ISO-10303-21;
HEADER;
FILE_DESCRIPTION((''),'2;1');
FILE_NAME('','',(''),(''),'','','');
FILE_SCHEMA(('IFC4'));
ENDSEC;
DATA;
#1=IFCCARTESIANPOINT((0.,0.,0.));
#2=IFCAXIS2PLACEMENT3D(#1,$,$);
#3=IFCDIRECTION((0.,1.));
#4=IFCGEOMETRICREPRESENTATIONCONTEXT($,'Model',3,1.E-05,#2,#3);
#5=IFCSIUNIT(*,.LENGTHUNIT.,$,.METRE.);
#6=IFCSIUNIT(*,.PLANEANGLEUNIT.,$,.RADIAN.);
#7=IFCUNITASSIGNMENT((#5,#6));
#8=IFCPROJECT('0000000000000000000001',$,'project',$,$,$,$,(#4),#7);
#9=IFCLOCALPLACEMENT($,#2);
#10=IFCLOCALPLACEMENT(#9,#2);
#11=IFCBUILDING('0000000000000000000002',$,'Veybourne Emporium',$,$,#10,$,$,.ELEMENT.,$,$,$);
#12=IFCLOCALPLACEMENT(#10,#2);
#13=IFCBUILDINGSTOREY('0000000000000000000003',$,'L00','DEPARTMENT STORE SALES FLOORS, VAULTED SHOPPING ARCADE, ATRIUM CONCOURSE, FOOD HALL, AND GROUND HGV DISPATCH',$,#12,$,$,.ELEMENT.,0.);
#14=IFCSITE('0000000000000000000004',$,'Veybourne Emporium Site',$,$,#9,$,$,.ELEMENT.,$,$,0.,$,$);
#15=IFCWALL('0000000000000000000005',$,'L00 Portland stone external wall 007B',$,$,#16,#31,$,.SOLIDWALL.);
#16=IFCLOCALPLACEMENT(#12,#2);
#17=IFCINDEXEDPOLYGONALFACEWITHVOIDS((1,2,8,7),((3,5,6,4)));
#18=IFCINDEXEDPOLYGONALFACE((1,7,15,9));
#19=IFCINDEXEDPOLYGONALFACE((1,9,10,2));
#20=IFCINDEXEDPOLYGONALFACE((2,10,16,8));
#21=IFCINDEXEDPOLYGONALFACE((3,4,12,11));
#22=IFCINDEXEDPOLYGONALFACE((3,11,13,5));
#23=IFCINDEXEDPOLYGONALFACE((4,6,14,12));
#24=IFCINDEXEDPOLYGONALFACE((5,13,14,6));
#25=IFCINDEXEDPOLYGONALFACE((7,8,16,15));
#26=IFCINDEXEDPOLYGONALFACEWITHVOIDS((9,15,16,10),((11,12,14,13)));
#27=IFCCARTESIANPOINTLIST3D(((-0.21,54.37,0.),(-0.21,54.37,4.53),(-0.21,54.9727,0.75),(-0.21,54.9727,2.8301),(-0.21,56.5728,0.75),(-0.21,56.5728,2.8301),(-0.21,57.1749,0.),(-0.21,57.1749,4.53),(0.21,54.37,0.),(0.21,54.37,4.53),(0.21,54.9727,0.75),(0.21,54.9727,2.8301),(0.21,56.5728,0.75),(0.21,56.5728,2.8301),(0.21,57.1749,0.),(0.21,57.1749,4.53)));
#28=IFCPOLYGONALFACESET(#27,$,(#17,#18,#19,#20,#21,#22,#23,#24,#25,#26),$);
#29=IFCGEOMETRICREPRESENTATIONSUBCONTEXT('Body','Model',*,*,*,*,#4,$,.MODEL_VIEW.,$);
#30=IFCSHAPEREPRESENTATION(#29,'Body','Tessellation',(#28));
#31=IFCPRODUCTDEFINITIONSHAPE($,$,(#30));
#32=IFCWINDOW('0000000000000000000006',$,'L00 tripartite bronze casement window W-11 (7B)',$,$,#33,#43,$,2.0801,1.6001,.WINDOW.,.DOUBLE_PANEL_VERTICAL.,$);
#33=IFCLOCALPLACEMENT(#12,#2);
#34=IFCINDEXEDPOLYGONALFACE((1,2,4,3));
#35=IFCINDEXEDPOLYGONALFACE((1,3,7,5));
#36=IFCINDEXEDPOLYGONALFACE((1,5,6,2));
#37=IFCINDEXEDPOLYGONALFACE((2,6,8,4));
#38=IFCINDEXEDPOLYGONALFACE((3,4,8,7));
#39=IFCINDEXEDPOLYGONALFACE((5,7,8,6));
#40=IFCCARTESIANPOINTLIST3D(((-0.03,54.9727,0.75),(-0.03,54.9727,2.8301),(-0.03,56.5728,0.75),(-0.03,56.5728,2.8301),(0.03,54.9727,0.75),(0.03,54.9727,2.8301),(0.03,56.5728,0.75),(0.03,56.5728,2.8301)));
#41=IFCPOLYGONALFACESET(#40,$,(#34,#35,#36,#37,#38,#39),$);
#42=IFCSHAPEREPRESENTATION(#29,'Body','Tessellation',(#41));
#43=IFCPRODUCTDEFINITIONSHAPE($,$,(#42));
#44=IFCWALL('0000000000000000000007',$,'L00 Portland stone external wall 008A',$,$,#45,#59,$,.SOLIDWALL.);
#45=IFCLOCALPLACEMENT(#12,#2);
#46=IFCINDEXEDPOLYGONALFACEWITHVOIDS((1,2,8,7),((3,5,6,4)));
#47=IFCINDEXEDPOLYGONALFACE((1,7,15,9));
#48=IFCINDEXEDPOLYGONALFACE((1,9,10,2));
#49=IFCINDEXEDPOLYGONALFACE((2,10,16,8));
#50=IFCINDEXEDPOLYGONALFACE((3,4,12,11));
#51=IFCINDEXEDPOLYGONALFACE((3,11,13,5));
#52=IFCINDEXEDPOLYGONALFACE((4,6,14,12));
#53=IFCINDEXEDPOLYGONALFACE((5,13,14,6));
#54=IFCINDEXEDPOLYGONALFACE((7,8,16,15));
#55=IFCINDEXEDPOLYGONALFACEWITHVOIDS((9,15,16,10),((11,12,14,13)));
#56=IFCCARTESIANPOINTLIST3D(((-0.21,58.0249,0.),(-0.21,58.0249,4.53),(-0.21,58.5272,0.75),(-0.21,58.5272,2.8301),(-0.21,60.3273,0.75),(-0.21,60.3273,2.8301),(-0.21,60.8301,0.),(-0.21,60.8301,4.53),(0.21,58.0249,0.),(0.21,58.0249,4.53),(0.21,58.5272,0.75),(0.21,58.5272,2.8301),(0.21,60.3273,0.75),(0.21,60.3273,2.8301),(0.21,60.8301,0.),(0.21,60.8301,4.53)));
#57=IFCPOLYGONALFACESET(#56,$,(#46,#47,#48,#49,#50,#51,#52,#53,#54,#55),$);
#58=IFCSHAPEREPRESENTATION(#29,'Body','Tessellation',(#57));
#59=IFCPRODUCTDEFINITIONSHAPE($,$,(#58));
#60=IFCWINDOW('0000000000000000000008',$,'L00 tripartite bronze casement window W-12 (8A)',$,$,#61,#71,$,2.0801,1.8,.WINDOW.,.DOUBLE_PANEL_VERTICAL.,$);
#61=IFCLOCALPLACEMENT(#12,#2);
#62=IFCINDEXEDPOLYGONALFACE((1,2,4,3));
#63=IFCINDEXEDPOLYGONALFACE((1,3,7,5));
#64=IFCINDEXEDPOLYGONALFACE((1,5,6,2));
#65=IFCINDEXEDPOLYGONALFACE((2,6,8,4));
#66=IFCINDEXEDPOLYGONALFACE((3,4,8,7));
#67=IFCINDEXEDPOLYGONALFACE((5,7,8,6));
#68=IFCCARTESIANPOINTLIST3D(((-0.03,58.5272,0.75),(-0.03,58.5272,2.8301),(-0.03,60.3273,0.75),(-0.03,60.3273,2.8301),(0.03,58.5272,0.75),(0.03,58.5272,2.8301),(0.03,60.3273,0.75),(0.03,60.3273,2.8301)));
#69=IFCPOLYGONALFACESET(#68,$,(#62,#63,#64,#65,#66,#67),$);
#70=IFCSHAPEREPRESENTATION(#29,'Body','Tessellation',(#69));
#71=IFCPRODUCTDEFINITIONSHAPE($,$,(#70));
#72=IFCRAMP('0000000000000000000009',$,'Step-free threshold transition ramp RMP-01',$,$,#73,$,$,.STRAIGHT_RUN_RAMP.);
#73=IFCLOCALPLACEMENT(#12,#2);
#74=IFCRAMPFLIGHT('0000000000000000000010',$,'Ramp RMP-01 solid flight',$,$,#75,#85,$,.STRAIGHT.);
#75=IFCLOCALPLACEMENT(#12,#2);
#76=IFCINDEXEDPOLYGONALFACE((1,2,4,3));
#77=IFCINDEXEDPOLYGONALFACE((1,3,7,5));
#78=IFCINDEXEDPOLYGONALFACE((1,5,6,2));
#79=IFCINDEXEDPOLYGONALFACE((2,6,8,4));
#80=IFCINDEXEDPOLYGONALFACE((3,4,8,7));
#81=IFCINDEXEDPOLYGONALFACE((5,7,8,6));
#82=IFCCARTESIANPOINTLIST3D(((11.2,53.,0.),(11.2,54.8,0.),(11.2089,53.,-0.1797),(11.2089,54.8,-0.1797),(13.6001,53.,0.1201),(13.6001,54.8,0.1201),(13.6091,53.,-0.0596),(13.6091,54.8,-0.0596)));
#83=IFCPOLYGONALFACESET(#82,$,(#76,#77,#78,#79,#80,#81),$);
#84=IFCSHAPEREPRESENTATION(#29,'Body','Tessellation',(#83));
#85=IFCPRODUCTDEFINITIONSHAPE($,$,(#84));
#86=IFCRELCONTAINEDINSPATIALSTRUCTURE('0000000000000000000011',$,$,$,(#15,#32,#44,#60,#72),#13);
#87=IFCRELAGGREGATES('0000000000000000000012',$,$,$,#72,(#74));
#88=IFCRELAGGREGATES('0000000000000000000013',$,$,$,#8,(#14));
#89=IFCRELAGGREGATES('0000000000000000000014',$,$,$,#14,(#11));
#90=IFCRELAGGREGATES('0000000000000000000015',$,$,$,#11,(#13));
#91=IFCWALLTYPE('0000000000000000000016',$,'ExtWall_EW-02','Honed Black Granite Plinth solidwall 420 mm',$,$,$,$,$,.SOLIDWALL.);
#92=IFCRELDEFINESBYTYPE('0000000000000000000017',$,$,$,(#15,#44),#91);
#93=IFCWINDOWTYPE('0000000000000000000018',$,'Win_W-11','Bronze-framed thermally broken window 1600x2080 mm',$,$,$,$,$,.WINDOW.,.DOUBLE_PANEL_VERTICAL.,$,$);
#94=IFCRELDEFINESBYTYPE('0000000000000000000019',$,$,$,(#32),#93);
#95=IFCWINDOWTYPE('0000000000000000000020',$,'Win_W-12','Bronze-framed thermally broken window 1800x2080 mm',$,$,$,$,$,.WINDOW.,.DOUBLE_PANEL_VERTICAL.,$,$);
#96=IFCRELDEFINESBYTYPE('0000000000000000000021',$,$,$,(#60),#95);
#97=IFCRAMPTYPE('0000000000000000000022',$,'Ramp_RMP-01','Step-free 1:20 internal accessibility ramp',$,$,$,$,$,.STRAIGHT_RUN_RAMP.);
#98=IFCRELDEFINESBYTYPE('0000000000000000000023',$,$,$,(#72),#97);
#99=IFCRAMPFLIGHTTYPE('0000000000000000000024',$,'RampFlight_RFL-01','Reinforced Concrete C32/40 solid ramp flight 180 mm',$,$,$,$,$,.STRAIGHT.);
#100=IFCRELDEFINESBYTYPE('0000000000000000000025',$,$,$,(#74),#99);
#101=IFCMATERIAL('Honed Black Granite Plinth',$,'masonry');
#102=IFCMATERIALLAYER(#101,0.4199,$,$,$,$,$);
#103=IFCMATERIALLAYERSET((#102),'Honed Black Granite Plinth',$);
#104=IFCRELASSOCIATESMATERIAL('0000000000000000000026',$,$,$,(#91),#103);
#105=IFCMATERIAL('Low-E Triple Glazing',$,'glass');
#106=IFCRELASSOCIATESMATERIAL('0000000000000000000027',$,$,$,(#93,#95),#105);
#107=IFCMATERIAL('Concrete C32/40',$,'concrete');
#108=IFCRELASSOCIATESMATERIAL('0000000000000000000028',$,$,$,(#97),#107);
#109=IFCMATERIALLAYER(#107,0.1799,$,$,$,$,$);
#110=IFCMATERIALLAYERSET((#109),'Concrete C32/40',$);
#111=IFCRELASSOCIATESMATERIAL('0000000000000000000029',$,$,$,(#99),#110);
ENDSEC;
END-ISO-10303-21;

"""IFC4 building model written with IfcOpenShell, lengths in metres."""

from ifc_helpers import new_model, si_unit, direction, frame, frame_2d, origin, place, context, subcontext, project, spatial, polyline, rectangle, outline, extrude, material, layer, layer_set, type_object, element, fill, aggregate, save


model = new_model("IFC4")

# Units and contexts
model_context = context("Model", 3, precision=1e-05, world=origin(), true_north=direction((0.0, 1.0)))
body_context = subcontext(model_context, "Body", "Model", "MODEL_VIEW")
ifc_project = project(units=[si_unit("LENGTHUNIT", "METRE"), si_unit("PLANEANGLEUNIT", "RADIAN")], contexts=[model_context])

# Site, building, storey
site_placement = place(None, origin())
site = spatial("IfcSite", under=ifc_project, at=site_placement, Name="Veybourne Emporium Site", CompositionType="ELEMENT", RefElevation=0.0)
building_placement = place(site_placement, origin())
building = spatial("IfcBuilding", under=site, at=building_placement, Name="Veybourne Emporium", CompositionType="ELEMENT")
storey_placement = place(building_placement, origin())
storey = spatial("IfcBuildingStorey", under=building, at=storey_placement, Name="L00", Description="DEPARTMENT STORE SALES FLOORS, VAULTED SHOPPING ARCADE, ATRIUM CONCOURSE, FOOD HALL, AND GROUND HGV DISPATCH", CompositionType="ELEMENT", Elevation=0.0)

# Shared definitions
ifc_material_1 = material(Name="Concrete C32/40", Category="concrete")

# Walls, openings, windows
ifc_material_2 = material(Name="Honed Black Granite Plinth", Category="masonry")
ifc_layer_1 = layer(ifc_material_2, 0.4199)
ifc_layer_set_1 = layer_set([ifc_layer_1], Name="Honed Black Granite Plinth")
wall_type = type_object("IfcWallType", Name="ExtWall_EW-02", Description="Honed Black Granite Plinth solidwall 420 mm", PredefinedType="SOLIDWALL", material=ifc_layer_set_1)
ifc_material_3 = material(Name="Low-E Triple Glazing", Category="glass")
wall_1_placement = place(storey_placement, frame((0.0, 54.3701, 0.0), z_axis=(0.0, 0.0, 1.0), x_axis=(0.0, 1.0, 0.0)))
wall_1 = element("IfcWall", 1, at=wall_1_placement, inside=storey, type_object=wall_type, Name="L00 Portland stone external wall 007B", PredefinedType="SOLIDWALL", context=body_context, shape_type="SweptSolid", body=[
    extrude(rectangle(XDim=2.8049, YDim=0.4199, at=frame_2d((1.4023, 0.0))), origin(), (0.0, 0.0, 1.0), 4.53),
])
opening_1_placement = place(wall_1_placement, frame((0.6025, 0.0, 0.75)))
opening_1 = element("IfcOpeningElement", 2, at=opening_1_placement, cuts=wall_1, PredefinedType="OPENING", context=body_context, shape_type="SweptSolid", body=[
    extrude(rectangle(XDim=1.6001, YDim=2.0801, at=frame_2d((0.8, 1.04))), frame((0.0, 0.23, 0.0), z_axis=(0.0, -1.0, 0.0), x_axis=(1.0, 0.0, 0.0)), (0.0, 0.0, 1.0), 0.46),
])
window_type_1 = type_object("IfcWindowType", Name="Win_W-11", Description="Bronze-framed thermally broken window 1600x2080 mm", PartitioningType="DOUBLE_PANEL_VERTICAL", PredefinedType="WINDOW", material=ifc_material_3)
window_1_placement = place(opening_1_placement, origin())
window_1 = element("IfcWindow", 3, at=window_1_placement, inside=storey, type_object=window_type_1, Name="L00 tripartite bronze casement window W-11 (7B)", OverallHeight=2.0801, OverallWidth=1.6001, PartitioningType="DOUBLE_PANEL_VERTICAL", PredefinedType="WINDOW", context=body_context, shape_type="SweptSolid", body=[
    extrude(rectangle(XDim=1.6001, YDim=2.0801, at=frame_2d((0.8, 1.04))), frame((0.0, 0.03, 0.0), z_axis=(0.0, -1.0, 0.0), x_axis=(1.0, 0.0, 0.0)), (0.0, 0.0, 1.0), 0.0601),
])
fill(opening_1, window_1)
wall_2_placement = place(storey_placement, frame((0.0, 58.0249, 0.0), z_axis=(0.0, 0.0, 1.0), x_axis=(0.0, 1.0, 0.0)))
wall_2 = element("IfcWall", 4, at=wall_2_placement, inside=storey, type_object=wall_type, Name="L00 Portland stone external wall 008A", PredefinedType="SOLIDWALL", context=body_context, shape_type="SweptSolid", body=[
    extrude(rectangle(XDim=2.8052, YDim=0.4199, at=frame_2d((1.4026, 0.0))), origin(), (0.0, 0.0, 1.0), 4.53),
])
opening_2_placement = place(wall_2_placement, frame((0.5024, 0.0, 0.75)))
opening_2 = element("IfcOpeningElement", 5, at=opening_2_placement, cuts=wall_2, PredefinedType="OPENING", context=body_context, shape_type="SweptSolid", body=[
    extrude(rectangle(XDim=1.8, YDim=2.0801, at=frame_2d((0.8999, 1.04))), frame((0.0, 0.23, 0.0), z_axis=(0.0, -1.0, 0.0), x_axis=(1.0, 0.0, 0.0)), (0.0, 0.0, 1.0), 0.46),
])
window_type_2 = type_object("IfcWindowType", Name="Win_W-12", Description="Bronze-framed thermally broken window 1800x2080 mm", PartitioningType="DOUBLE_PANEL_VERTICAL", PredefinedType="WINDOW", material=ifc_material_3)
window_2_placement = place(opening_2_placement, origin())
window_2 = element("IfcWindow", 6, at=window_2_placement, inside=storey, type_object=window_type_2, Name="L00 tripartite bronze casement window W-12 (8A)", OverallHeight=2.0801, OverallWidth=1.8, PartitioningType="DOUBLE_PANEL_VERTICAL", PredefinedType="WINDOW", context=body_context, shape_type="SweptSolid", body=[
    extrude(rectangle(XDim=1.8, YDim=2.0801, at=frame_2d((0.8999, 1.04))), frame((0.0, 0.03, 0.0), z_axis=(0.0, -1.0, 0.0), x_axis=(1.0, 0.0, 0.0)), (0.0, 0.0, 1.0), 0.0601),
])
fill(opening_2, window_2)

# Ramp, ramp flight
ramp_type = type_object("IfcRampType", Name="Ramp_RMP-01", Description="Step-free 1:20 internal accessibility ramp", PredefinedType="STRAIGHT_RUN_RAMP", material=ifc_material_1)
ramp_placement = place(storey_placement, origin())
ramp = element("IfcRamp", 7, at=ramp_placement, inside=storey, type_object=ramp_type, Name="Step-free threshold transition ramp RMP-01", PredefinedType="STRAIGHT_RUN_RAMP")
ifc_layer_2 = layer(ifc_material_1, 0.1799)
ifc_layer_set_2 = layer_set([ifc_layer_2], Name="Concrete C32/40")
ramp_flight_type = type_object("IfcRampFlightType", Name="RampFlight_RFL-01", Description="Reinforced Concrete C32/40 solid ramp flight 180 mm", PredefinedType="STRAIGHT", material=ifc_layer_set_2)
ramp_flight_placement = place(storey_placement, frame((11.2, 53.0, 0.0), z_axis=(-0.049983, 0.0, 0.99875), x_axis=(0.99875, 0.0, 0.049983)))
ramp_flight = element("IfcRampFlight", 8, at=ramp_flight_placement, type_object=ramp_flight_type, Name="Ramp RMP-01 solid flight", PredefinedType="STRAIGHT", context=body_context, shape_type="SweptSolid", body=[
    extrude(outline(polyline([(0.0, 0.0), (2.4032, 0.0), (2.4032, 1.8), (0.0, 1.8), (0.0, 0.0)])), origin(), (0.0, 0.0, -1.0), 0.1799),
])
aggregate(ramp, [ramp_flight])

save(model, "model.ifc")
